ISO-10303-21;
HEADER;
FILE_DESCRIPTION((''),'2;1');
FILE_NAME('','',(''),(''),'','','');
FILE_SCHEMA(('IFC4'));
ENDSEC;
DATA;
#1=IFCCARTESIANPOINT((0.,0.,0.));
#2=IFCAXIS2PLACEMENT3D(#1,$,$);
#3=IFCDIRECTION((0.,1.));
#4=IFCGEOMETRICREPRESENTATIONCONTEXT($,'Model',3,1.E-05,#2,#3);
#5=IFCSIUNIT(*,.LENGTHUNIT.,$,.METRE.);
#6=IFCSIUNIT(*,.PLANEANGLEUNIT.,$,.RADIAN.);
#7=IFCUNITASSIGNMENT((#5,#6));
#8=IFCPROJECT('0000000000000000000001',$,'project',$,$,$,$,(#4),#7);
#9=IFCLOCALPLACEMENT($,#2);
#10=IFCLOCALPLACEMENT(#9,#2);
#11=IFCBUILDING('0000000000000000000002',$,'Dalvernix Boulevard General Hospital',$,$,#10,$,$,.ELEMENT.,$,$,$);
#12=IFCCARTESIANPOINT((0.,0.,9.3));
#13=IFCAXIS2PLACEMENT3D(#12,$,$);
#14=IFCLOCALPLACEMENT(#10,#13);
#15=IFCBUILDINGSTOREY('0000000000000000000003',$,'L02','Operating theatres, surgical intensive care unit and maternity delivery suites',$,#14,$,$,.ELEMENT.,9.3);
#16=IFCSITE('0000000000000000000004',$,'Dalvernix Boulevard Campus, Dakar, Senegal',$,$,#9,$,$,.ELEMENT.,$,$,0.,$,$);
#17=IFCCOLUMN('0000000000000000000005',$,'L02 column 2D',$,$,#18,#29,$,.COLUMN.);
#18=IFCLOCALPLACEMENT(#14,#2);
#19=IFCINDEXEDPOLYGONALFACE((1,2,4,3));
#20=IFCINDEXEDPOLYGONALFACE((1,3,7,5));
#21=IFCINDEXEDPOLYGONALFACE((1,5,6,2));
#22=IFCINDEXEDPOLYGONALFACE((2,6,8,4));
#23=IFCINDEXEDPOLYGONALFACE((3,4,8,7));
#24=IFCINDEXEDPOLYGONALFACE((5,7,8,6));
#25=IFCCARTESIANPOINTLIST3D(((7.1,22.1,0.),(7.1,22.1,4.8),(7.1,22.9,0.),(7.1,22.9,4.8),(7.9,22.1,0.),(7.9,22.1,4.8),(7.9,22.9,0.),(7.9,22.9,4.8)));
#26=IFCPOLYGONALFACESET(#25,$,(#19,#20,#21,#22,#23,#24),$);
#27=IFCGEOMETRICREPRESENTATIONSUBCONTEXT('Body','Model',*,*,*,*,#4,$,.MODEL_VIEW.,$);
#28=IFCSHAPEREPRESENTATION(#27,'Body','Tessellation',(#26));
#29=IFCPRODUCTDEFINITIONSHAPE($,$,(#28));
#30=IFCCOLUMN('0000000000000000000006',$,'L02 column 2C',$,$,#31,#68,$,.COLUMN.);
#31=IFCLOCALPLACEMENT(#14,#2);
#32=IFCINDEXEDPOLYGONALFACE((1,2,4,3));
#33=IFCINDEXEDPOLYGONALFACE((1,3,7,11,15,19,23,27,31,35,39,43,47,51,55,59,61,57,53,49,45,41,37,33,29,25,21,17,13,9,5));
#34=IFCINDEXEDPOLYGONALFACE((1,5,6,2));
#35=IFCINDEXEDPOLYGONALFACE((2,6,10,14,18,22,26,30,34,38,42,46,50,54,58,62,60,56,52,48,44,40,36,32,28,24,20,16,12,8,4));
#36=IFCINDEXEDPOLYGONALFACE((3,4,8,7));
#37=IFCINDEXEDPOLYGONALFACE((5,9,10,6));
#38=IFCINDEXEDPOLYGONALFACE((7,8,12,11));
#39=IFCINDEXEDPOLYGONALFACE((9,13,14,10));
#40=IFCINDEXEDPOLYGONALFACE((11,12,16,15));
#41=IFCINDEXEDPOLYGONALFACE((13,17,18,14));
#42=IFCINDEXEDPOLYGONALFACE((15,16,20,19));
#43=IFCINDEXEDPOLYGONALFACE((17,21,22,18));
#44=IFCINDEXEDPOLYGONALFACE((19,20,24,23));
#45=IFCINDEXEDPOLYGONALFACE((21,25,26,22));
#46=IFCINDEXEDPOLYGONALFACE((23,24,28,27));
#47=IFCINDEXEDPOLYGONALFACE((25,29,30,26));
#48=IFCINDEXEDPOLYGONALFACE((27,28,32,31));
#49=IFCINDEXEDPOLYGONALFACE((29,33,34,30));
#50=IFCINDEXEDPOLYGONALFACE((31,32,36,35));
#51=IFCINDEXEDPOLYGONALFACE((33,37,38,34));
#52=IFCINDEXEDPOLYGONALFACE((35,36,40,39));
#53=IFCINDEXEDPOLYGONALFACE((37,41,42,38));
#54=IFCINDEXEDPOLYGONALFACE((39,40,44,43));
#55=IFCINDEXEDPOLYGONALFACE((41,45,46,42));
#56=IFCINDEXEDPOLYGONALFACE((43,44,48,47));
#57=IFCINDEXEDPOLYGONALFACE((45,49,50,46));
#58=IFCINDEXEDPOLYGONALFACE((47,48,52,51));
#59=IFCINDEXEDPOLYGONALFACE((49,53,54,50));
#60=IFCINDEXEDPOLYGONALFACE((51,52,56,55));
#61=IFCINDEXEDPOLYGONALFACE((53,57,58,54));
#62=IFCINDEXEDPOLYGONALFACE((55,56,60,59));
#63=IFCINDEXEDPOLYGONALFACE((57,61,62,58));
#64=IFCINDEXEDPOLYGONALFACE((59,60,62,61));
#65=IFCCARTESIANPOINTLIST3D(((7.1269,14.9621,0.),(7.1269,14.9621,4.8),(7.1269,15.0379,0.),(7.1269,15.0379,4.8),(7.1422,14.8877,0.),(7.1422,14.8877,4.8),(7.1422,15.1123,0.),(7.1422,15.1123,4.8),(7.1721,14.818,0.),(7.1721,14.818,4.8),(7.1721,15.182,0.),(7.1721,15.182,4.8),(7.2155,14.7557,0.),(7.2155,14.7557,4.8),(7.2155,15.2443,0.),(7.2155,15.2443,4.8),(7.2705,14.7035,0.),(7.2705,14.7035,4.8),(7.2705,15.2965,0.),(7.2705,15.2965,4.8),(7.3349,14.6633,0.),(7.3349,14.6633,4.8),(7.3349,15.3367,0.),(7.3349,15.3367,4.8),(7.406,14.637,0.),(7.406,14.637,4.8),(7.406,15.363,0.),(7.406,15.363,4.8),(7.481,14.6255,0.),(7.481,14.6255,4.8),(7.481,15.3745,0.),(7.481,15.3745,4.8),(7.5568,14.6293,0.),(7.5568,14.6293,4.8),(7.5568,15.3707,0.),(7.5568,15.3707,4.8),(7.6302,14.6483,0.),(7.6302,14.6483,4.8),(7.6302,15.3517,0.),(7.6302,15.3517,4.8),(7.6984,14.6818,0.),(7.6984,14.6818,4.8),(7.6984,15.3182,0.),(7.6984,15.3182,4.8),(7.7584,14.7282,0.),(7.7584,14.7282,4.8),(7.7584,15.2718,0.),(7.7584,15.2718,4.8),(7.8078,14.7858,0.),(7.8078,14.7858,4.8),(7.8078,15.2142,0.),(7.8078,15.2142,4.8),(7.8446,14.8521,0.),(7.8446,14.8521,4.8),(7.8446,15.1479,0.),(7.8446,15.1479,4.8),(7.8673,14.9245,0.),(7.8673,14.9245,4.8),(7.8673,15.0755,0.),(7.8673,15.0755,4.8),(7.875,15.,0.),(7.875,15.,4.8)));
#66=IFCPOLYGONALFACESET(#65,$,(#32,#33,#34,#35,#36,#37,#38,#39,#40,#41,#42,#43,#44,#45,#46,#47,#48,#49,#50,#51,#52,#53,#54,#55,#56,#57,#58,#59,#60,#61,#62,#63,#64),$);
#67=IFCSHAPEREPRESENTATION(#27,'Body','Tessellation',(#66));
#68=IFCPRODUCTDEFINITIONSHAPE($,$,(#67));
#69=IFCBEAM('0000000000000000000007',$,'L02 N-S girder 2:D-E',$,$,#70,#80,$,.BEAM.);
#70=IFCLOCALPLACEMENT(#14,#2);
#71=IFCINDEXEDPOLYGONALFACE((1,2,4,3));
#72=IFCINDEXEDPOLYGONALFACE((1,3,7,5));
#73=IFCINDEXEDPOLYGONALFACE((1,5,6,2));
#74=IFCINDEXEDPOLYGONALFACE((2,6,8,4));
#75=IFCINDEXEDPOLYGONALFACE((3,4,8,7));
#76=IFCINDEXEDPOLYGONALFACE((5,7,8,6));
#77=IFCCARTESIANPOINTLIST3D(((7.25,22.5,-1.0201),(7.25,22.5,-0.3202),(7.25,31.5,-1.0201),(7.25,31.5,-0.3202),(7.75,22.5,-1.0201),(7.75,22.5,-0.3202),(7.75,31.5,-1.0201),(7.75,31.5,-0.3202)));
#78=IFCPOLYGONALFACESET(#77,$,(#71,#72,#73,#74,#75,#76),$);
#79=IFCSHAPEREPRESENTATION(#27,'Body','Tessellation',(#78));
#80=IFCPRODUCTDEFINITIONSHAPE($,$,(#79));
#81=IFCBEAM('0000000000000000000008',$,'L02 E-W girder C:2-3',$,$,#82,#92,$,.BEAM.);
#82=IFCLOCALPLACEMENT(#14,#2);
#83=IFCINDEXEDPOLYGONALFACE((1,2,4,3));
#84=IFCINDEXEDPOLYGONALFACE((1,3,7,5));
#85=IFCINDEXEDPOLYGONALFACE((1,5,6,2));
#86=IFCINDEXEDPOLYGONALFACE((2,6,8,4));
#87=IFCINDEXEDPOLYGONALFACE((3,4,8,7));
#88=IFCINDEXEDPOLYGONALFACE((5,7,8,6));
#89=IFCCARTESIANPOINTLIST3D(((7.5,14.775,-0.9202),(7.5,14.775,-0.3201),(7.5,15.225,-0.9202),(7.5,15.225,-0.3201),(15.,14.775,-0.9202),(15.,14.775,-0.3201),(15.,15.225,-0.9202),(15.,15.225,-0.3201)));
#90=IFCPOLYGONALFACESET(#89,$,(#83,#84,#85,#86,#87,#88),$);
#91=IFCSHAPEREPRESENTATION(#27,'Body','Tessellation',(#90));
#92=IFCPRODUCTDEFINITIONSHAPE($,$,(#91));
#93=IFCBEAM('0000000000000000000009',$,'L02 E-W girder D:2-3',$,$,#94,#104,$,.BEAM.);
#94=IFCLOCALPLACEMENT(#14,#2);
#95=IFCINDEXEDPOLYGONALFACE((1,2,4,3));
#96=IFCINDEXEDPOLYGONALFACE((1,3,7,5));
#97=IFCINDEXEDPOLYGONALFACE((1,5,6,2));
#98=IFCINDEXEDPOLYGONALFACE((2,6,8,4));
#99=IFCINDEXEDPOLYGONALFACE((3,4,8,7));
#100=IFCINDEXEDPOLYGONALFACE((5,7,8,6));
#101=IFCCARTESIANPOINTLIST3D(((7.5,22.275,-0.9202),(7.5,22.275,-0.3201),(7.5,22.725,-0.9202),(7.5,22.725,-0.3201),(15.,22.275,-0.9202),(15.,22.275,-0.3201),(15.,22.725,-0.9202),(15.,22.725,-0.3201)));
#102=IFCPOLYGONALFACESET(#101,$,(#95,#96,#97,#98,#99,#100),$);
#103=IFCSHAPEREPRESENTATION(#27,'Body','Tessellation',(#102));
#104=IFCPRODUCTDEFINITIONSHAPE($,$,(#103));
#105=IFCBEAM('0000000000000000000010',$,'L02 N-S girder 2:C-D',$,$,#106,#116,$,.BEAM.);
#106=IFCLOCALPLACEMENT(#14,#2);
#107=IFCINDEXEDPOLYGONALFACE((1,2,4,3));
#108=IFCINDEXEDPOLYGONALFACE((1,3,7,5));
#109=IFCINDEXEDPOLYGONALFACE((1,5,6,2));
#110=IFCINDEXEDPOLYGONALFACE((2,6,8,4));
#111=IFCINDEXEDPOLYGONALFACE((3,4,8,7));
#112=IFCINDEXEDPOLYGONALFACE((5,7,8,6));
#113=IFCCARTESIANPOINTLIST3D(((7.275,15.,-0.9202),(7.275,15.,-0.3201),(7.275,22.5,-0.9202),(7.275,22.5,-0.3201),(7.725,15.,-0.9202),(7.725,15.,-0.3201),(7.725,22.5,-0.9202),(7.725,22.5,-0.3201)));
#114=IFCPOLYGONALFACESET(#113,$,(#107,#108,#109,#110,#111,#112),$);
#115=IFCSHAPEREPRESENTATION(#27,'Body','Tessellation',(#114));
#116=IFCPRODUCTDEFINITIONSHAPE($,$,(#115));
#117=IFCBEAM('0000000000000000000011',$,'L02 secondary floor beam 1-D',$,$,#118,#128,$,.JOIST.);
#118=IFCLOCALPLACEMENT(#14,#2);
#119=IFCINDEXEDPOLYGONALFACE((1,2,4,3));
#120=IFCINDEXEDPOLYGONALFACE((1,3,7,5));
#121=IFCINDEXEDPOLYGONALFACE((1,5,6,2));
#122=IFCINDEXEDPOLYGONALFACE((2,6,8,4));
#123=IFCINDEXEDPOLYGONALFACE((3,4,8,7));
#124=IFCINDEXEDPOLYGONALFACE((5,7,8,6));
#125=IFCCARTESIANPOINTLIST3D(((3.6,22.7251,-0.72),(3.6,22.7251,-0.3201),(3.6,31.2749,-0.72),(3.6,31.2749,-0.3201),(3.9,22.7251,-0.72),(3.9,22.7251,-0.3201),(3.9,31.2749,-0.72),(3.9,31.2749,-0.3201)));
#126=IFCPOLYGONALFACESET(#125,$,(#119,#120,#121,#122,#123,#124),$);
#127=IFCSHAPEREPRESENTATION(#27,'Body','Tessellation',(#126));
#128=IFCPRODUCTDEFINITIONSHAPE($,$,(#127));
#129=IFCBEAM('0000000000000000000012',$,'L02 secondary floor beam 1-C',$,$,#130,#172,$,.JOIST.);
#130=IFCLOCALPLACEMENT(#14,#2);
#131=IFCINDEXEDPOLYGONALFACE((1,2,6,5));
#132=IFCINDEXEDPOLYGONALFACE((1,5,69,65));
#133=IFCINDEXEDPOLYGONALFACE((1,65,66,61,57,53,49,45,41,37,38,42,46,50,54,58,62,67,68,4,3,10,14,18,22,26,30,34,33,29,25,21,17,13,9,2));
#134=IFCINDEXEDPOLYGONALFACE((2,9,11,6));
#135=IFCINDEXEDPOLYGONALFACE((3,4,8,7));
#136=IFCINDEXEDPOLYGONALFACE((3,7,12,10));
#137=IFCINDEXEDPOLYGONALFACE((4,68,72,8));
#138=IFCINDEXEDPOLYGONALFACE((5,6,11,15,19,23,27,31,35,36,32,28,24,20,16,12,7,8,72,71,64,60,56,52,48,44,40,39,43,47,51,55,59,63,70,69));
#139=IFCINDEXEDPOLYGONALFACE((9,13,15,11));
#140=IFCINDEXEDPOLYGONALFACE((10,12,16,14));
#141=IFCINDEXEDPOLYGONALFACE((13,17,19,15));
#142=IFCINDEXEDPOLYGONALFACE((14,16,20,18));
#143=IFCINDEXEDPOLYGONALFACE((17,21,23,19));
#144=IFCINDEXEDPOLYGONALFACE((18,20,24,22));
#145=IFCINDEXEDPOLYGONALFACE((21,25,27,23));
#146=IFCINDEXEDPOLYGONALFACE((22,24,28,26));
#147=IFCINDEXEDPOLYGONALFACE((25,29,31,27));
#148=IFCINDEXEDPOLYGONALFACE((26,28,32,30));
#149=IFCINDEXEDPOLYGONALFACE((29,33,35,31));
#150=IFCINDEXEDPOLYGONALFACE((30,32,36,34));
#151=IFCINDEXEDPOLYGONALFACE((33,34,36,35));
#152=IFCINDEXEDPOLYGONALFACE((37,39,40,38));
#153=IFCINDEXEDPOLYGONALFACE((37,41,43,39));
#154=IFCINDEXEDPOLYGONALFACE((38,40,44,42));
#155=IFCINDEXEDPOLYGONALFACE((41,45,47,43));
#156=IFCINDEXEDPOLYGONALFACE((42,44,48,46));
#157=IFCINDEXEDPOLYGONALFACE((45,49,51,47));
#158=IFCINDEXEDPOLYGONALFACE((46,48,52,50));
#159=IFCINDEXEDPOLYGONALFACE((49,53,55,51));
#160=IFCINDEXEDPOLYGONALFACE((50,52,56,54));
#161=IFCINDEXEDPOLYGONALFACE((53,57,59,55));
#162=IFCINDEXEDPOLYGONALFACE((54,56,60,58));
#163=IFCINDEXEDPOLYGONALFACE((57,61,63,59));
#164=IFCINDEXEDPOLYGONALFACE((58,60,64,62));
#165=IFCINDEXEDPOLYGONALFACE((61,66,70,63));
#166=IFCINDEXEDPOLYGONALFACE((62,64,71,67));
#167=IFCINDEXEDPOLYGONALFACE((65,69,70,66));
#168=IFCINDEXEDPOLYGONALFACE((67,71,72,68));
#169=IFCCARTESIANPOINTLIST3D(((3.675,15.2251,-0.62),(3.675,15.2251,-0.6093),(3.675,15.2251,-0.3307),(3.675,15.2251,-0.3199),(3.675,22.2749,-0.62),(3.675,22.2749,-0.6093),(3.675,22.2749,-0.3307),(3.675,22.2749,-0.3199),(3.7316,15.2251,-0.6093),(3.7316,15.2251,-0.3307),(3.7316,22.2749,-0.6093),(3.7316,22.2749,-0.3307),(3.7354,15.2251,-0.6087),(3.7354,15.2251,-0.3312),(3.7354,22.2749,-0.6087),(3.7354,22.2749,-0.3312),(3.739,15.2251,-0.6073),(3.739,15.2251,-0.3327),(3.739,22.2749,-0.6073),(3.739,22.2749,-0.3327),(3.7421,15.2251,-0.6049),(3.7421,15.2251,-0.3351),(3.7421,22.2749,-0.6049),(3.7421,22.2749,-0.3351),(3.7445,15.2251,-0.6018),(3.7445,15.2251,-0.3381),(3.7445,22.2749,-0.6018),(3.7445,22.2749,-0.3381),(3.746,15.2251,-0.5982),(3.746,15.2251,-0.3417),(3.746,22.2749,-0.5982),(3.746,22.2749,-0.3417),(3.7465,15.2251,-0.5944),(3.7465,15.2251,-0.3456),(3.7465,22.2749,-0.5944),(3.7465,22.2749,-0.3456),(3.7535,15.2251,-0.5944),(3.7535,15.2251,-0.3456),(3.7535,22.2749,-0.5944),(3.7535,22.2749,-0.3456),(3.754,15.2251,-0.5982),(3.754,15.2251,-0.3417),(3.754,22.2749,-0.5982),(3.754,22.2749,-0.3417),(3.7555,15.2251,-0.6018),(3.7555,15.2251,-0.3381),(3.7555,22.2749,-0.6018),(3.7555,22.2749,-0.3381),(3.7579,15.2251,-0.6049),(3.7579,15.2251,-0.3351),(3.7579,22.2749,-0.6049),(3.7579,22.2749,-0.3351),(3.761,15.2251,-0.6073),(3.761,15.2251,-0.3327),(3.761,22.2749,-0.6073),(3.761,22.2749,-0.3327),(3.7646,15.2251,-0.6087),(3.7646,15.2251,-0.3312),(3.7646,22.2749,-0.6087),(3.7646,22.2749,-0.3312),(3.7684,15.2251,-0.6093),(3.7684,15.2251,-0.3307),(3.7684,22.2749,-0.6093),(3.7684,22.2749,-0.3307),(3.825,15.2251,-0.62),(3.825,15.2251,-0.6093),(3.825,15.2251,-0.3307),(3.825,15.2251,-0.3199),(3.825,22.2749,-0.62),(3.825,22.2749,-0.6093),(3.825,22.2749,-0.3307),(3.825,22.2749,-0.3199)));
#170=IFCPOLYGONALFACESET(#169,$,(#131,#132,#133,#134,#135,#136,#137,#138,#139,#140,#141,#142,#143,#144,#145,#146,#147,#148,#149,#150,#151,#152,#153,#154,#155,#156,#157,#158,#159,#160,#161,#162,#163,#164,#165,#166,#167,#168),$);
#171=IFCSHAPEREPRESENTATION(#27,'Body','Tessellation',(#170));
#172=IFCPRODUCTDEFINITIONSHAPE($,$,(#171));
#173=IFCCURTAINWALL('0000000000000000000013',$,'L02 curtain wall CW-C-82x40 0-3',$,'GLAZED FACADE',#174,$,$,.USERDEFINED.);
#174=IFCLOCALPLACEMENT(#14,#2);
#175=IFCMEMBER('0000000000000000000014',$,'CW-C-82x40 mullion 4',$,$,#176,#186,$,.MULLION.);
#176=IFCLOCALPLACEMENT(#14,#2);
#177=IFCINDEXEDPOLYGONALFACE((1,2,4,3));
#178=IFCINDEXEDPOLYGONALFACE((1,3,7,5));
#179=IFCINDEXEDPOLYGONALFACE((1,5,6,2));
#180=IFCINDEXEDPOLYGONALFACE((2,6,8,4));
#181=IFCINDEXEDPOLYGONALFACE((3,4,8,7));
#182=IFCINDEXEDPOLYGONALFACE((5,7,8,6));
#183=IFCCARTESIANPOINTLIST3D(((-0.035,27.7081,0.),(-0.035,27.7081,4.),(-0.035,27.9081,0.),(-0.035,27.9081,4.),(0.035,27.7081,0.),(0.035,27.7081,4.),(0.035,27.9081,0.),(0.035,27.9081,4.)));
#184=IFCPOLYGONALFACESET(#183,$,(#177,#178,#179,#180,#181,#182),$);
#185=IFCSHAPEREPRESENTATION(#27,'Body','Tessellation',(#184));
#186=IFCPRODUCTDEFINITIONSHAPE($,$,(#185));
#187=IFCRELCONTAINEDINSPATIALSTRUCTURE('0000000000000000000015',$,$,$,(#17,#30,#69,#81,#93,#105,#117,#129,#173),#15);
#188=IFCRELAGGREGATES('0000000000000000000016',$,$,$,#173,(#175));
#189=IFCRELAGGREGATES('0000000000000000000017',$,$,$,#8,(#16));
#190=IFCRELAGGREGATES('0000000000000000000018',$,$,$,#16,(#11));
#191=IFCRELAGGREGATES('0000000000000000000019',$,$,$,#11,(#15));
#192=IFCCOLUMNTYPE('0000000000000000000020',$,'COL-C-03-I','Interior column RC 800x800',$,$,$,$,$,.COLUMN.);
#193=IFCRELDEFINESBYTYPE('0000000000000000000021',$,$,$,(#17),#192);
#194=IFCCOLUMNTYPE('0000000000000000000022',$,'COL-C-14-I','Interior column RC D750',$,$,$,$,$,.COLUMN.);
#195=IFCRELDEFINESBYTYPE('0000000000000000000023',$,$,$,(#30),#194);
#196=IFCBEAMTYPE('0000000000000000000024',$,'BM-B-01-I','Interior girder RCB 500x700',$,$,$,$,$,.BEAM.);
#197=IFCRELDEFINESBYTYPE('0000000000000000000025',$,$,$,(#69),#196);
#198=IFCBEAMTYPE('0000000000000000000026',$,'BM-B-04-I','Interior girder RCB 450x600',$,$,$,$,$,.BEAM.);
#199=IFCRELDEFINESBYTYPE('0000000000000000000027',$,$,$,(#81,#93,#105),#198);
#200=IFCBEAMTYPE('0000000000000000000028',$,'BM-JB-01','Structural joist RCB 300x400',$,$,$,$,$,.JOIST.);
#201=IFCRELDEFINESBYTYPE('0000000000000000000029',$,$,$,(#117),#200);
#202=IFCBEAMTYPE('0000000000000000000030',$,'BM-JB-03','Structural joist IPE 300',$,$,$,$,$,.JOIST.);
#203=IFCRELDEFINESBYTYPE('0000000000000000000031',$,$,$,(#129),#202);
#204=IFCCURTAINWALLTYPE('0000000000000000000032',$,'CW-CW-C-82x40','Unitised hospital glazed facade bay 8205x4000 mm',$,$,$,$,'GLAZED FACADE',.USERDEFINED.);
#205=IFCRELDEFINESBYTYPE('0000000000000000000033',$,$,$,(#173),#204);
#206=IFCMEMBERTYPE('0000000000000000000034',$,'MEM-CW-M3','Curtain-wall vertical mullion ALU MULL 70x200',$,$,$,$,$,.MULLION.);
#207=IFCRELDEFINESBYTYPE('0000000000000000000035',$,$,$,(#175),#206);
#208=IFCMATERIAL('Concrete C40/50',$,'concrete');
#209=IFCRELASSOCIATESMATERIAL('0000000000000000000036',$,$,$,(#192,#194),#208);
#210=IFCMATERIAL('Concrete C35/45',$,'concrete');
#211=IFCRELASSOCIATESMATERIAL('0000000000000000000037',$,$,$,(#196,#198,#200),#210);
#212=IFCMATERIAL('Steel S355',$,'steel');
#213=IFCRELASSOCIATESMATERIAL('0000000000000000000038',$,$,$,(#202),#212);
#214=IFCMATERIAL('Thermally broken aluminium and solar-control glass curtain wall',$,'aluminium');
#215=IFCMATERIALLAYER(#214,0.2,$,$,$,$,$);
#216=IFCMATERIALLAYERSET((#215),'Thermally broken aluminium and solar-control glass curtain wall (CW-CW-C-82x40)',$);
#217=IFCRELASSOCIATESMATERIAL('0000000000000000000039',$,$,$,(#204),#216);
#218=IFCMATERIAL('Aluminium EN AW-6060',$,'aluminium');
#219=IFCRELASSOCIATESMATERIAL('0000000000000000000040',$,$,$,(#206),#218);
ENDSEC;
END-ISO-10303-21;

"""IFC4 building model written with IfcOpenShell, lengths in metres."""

from ifc_helpers import new_model, si_unit, direction, frame, origin, origin_2d, place, context, subcontext, project, spatial, rectangle, circle, i_section, extrude, material, layer, layer_set, material_profile, profile_set, type_object, element, aggregate, save


model = new_model("IFC4")

# Units and contexts
model_context = context("Model", 3, precision=1e-05, world=origin(), true_north=direction((0.0, 1.0)))
body_context = subcontext(model_context, "Body", "Model", "MODEL_VIEW")
ifc_project = project(units=[si_unit("LENGTHUNIT", "METRE"), si_unit("PLANEANGLEUNIT", "RADIAN")], contexts=[model_context])

# Site, building, storey
site_placement = place(None, origin())
site = spatial("IfcSite", under=ifc_project, at=site_placement, Name="Dalvernix Boulevard Campus, Dakar, Senegal", CompositionType="ELEMENT", RefElevation=0.0)
building_placement = place(site_placement, origin())
building = spatial("IfcBuilding", under=site, at=building_placement, Name="Dalvernix Boulevard General Hospital", CompositionType="ELEMENT")
storey_placement = place(building_placement, frame((0.0, 0.0, 9.3)))
storey = spatial("IfcBuildingStorey", under=building, at=storey_placement, Name="L02", Description="Operating theatres, surgical intensive care unit and maternity delivery suites", CompositionType="ELEMENT", Elevation=9.3)

# Columns
ifc_material_1 = material(Name="Concrete C40/50", Category="concrete")
ifc_material_profile_1 = material_profile(ifc_material_1, rectangle(XDim=0.8, YDim=0.8, at=origin_2d()), Name="RC 800x800")
ifc_profile_set_1 = profile_set([ifc_material_profile_1], Name="Concrete C40/50")
column_type_1 = type_object("IfcColumnType", Name="COL-C-03-I", Description="Interior column RC 800x800", PredefinedType="COLUMN", material=ifc_profile_set_1)
column_1_placement = place(storey_placement, frame((7.5, 22.5, 0.0), z_axis=(0.0, 0.0, 1.0), x_axis=(1.0, 0.0, 0.0)))
element("IfcColumn", 1, at=column_1_placement, inside=storey, type_object=column_type_1, Name="L02 column 2D", PredefinedType="COLUMN", context=body_context, shape_type="SweptSolid", body=[
    extrude(rectangle(XDim=0.8, YDim=0.8, at=origin_2d()), origin(), (0.0, 0.0, 1.0), 4.8),
])
ifc_material_profile_2 = material_profile(ifc_material_1, circle(Radius=0.375, at=origin_2d()), Name="RC D750")
ifc_profile_set_2 = profile_set([ifc_material_profile_2], Name="Concrete C40/50")
column_type_2 = type_object("IfcColumnType", Name="COL-C-14-I", Description="Interior column RC D750", PredefinedType="COLUMN", material=ifc_profile_set_2)
column_2_placement = place(storey_placement, frame((7.5, 15.0, 0.0), z_axis=(0.0, 0.0, 1.0), x_axis=(1.0, 0.0, 0.0)))
element("IfcColumn", 2, at=column_2_placement, inside=storey, type_object=column_type_2, Name="L02 column 2C", PredefinedType="COLUMN", context=body_context, shape_type="SweptSolid", body=[
    extrude(circle(Radius=0.375, at=origin_2d()), origin(), (0.0, 0.0, 1.0), 4.8),
])

# Beams
ifc_material_2 = material(Name="Concrete C35/45", Category="concrete")
ifc_material_profile_3 = material_profile(ifc_material_2, rectangle(XDim=0.5, YDim=0.7, at=origin_2d()), Name="RCB 500x700")
ifc_profile_set_3 = profile_set([ifc_material_profile_3], Name="Concrete C35/45")
beam_type_1 = type_object("IfcBeamType", Name="BM-B-01-I", Description="Interior girder RCB 500x700", PredefinedType="BEAM", material=ifc_profile_set_3)
beam_1_placement = place(storey_placement, frame((7.5, 22.5, -0.6702), z_axis=(0.0, 1.0, 0.0), x_axis=(-1.0, 0.0, 0.0)))
element("IfcBeam", 3, at=beam_1_placement, inside=storey, type_object=beam_type_1, Name="L02 N-S girder 2:D-E", PredefinedType="BEAM", context=body_context, shape_type="SweptSolid", body=[
    extrude(rectangle(XDim=0.5, YDim=0.7, at=origin_2d()), origin(), (0.0, 0.0, 1.0), 9.0),
])
ifc_material_profile_4 = material_profile(ifc_material_2, rectangle(XDim=0.45, YDim=0.6001, at=origin_2d()), Name="RCB 450x600")
ifc_profile_set_4 = profile_set([ifc_material_profile_4], Name="Concrete C35/45")
beam_type_2 = type_object("IfcBeamType", Name="BM-B-04-I", Description="Interior girder RCB 450x600", PredefinedType="BEAM", material=ifc_profile_set_4)
for number, where, z_axis, x_axis, name in (
    (4, (7.5, 15.0, -0.6201), (1.0, 0.0, 0.0), (0.0, 1.0, 0.0), "L02 E-W girder C:2-3"),
    (5, (7.5, 22.5, -0.6201), (1.0, 0.0, 0.0), (0.0, 1.0, 0.0), "L02 E-W girder D:2-3"),
    (6, (7.5, 15.0, -0.6201), (0.0, 1.0, 0.0), (-1.0, 0.0, 0.0), "L02 N-S girder 2:C-D"),
):
    element("IfcBeam", number, at=place(storey_placement, frame(where, z_axis=z_axis, x_axis=x_axis)), inside=storey, type_object=beam_type_2, Name=name, PredefinedType="BEAM", context=body_context, shape_type="SweptSolid", body=[
        extrude(rectangle(XDim=0.45, YDim=0.6001, at=origin_2d()), origin(), (0.0, 0.0, 1.0), 7.5),
    ])
ifc_material_profile_5 = material_profile(ifc_material_2, rectangle(XDim=0.3, YDim=0.3999, at=origin_2d()), Name="RCB 300x400")
ifc_profile_set_5 = profile_set([ifc_material_profile_5], Name="Concrete C35/45")
beam_type_3 = type_object("IfcBeamType", Name="BM-JB-01", Description="Structural joist RCB 300x400", PredefinedType="JOIST", material=ifc_profile_set_5)
beam_2_placement = place(storey_placement, frame((3.75, 22.7251, -0.52), z_axis=(0.0, 1.0, 0.0), x_axis=(-1.0, 0.0, 0.0)))
element("IfcBeam", 7, at=beam_2_placement, inside=storey, type_object=beam_type_3, Name="L02 secondary floor beam 1-D", PredefinedType="JOIST", context=body_context, shape_type="SweptSolid", body=[
    extrude(rectangle(XDim=0.3, YDim=0.3999, at=origin_2d()), origin(), (0.0, 0.0, 1.0), 8.5498),
])
ifc_material_3 = material(Name="Steel S355", Category="steel")
ifc_material_profile_6 = material_profile(ifc_material_3, i_section(OverallWidth=0.1499, OverallDepth=0.3, WebThickness=0.0071, FlangeThickness=0.0107, FilletRadius=0.0149, at=origin_2d()), Name="IPE 300")
ifc_profile_set_6 = profile_set([ifc_material_profile_6], Name="Steel S355")
beam_type_4 = type_object("IfcBeamType", Name="BM-JB-03", Description="Structural joist IPE 300", PredefinedType="JOIST", material=ifc_profile_set_6)
beam_3_placement = place(storey_placement, frame((3.75, 15.2251, -0.47), z_axis=(0.0, 1.0, 0.0), x_axis=(-1.0, 0.0, 0.0)))
element("IfcBeam", 8, at=beam_3_placement, inside=storey, type_object=beam_type_4, Name="L02 secondary floor beam 1-C", PredefinedType="JOIST", context=body_context, shape_type="SweptSolid", body=[
    extrude(i_section(OverallWidth=0.1499, OverallDepth=0.3, WebThickness=0.0071, FlangeThickness=0.0107, FilletRadius=0.0149, at=origin_2d()), origin(), (0.0, 0.0, 1.0), 7.0498),
])

# Curtain wall, member
ifc_material_4 = material(Name="Thermally broken aluminium and solar-control glass curtain wall", Category="aluminium")
ifc_layer_1 = layer(ifc_material_4, 0.2)
ifc_layer_set_1 = layer_set([ifc_layer_1], Name="Thermally broken aluminium and solar-control glass curtain wall (CW-CW-C-82x40)")
curtain_wall_type = type_object("IfcCurtainWallType", Name="CW-CW-C-82x40", Description="Unitised hospital glazed facade bay 8205x4000 mm", ElementType="GLAZED FACADE", PredefinedType="USERDEFINED", material=ifc_layer_set_1)
curtain_wall_placement = place(storey_placement, origin())
curtain_wall = element("IfcCurtainWall", 9, at=curtain_wall_placement, inside=storey, type_object=curtain_wall_type, Name="L02 curtain wall CW-C-82x40 0-3", ObjectType="GLAZED FACADE", PredefinedType="USERDEFINED")
ifc_material_5 = material(Name="Aluminium EN AW-6060", Category="aluminium")
ifc_material_profile_7 = material_profile(ifc_material_5, rectangle(XDim=0.0701, YDim=0.2, at=origin_2d()), Name="ALU MULL 70x200")
ifc_profile_set_7 = profile_set([ifc_material_profile_7], Name="Aluminium EN AW-6060")
member_type_1 = type_object("IfcMemberType", Name="MEM-CW-M3", Description="Curtain-wall vertical mullion ALU MULL 70x200", PredefinedType="MULLION", material=ifc_profile_set_7)
member_1_placement = place(storey_placement, frame((0.0, 27.8081, 0.0), z_axis=(0.0, 0.0, 1.0), x_axis=(-1.0, 0.0, 0.0)))
member_1 = element("IfcMember", 10, at=member_1_placement, type_object=member_type_1, Name="CW-C-82x40 mullion 4", PredefinedType="MULLION", context=body_context, shape_type="SweptSolid", body=[
    extrude(rectangle(XDim=0.0701, YDim=0.2, at=origin_2d()), origin(), (0.0, 0.0, 1.0), 4.0),
])
aggregate(curtain_wall, [member_1])

save(model, "model.ifc")
